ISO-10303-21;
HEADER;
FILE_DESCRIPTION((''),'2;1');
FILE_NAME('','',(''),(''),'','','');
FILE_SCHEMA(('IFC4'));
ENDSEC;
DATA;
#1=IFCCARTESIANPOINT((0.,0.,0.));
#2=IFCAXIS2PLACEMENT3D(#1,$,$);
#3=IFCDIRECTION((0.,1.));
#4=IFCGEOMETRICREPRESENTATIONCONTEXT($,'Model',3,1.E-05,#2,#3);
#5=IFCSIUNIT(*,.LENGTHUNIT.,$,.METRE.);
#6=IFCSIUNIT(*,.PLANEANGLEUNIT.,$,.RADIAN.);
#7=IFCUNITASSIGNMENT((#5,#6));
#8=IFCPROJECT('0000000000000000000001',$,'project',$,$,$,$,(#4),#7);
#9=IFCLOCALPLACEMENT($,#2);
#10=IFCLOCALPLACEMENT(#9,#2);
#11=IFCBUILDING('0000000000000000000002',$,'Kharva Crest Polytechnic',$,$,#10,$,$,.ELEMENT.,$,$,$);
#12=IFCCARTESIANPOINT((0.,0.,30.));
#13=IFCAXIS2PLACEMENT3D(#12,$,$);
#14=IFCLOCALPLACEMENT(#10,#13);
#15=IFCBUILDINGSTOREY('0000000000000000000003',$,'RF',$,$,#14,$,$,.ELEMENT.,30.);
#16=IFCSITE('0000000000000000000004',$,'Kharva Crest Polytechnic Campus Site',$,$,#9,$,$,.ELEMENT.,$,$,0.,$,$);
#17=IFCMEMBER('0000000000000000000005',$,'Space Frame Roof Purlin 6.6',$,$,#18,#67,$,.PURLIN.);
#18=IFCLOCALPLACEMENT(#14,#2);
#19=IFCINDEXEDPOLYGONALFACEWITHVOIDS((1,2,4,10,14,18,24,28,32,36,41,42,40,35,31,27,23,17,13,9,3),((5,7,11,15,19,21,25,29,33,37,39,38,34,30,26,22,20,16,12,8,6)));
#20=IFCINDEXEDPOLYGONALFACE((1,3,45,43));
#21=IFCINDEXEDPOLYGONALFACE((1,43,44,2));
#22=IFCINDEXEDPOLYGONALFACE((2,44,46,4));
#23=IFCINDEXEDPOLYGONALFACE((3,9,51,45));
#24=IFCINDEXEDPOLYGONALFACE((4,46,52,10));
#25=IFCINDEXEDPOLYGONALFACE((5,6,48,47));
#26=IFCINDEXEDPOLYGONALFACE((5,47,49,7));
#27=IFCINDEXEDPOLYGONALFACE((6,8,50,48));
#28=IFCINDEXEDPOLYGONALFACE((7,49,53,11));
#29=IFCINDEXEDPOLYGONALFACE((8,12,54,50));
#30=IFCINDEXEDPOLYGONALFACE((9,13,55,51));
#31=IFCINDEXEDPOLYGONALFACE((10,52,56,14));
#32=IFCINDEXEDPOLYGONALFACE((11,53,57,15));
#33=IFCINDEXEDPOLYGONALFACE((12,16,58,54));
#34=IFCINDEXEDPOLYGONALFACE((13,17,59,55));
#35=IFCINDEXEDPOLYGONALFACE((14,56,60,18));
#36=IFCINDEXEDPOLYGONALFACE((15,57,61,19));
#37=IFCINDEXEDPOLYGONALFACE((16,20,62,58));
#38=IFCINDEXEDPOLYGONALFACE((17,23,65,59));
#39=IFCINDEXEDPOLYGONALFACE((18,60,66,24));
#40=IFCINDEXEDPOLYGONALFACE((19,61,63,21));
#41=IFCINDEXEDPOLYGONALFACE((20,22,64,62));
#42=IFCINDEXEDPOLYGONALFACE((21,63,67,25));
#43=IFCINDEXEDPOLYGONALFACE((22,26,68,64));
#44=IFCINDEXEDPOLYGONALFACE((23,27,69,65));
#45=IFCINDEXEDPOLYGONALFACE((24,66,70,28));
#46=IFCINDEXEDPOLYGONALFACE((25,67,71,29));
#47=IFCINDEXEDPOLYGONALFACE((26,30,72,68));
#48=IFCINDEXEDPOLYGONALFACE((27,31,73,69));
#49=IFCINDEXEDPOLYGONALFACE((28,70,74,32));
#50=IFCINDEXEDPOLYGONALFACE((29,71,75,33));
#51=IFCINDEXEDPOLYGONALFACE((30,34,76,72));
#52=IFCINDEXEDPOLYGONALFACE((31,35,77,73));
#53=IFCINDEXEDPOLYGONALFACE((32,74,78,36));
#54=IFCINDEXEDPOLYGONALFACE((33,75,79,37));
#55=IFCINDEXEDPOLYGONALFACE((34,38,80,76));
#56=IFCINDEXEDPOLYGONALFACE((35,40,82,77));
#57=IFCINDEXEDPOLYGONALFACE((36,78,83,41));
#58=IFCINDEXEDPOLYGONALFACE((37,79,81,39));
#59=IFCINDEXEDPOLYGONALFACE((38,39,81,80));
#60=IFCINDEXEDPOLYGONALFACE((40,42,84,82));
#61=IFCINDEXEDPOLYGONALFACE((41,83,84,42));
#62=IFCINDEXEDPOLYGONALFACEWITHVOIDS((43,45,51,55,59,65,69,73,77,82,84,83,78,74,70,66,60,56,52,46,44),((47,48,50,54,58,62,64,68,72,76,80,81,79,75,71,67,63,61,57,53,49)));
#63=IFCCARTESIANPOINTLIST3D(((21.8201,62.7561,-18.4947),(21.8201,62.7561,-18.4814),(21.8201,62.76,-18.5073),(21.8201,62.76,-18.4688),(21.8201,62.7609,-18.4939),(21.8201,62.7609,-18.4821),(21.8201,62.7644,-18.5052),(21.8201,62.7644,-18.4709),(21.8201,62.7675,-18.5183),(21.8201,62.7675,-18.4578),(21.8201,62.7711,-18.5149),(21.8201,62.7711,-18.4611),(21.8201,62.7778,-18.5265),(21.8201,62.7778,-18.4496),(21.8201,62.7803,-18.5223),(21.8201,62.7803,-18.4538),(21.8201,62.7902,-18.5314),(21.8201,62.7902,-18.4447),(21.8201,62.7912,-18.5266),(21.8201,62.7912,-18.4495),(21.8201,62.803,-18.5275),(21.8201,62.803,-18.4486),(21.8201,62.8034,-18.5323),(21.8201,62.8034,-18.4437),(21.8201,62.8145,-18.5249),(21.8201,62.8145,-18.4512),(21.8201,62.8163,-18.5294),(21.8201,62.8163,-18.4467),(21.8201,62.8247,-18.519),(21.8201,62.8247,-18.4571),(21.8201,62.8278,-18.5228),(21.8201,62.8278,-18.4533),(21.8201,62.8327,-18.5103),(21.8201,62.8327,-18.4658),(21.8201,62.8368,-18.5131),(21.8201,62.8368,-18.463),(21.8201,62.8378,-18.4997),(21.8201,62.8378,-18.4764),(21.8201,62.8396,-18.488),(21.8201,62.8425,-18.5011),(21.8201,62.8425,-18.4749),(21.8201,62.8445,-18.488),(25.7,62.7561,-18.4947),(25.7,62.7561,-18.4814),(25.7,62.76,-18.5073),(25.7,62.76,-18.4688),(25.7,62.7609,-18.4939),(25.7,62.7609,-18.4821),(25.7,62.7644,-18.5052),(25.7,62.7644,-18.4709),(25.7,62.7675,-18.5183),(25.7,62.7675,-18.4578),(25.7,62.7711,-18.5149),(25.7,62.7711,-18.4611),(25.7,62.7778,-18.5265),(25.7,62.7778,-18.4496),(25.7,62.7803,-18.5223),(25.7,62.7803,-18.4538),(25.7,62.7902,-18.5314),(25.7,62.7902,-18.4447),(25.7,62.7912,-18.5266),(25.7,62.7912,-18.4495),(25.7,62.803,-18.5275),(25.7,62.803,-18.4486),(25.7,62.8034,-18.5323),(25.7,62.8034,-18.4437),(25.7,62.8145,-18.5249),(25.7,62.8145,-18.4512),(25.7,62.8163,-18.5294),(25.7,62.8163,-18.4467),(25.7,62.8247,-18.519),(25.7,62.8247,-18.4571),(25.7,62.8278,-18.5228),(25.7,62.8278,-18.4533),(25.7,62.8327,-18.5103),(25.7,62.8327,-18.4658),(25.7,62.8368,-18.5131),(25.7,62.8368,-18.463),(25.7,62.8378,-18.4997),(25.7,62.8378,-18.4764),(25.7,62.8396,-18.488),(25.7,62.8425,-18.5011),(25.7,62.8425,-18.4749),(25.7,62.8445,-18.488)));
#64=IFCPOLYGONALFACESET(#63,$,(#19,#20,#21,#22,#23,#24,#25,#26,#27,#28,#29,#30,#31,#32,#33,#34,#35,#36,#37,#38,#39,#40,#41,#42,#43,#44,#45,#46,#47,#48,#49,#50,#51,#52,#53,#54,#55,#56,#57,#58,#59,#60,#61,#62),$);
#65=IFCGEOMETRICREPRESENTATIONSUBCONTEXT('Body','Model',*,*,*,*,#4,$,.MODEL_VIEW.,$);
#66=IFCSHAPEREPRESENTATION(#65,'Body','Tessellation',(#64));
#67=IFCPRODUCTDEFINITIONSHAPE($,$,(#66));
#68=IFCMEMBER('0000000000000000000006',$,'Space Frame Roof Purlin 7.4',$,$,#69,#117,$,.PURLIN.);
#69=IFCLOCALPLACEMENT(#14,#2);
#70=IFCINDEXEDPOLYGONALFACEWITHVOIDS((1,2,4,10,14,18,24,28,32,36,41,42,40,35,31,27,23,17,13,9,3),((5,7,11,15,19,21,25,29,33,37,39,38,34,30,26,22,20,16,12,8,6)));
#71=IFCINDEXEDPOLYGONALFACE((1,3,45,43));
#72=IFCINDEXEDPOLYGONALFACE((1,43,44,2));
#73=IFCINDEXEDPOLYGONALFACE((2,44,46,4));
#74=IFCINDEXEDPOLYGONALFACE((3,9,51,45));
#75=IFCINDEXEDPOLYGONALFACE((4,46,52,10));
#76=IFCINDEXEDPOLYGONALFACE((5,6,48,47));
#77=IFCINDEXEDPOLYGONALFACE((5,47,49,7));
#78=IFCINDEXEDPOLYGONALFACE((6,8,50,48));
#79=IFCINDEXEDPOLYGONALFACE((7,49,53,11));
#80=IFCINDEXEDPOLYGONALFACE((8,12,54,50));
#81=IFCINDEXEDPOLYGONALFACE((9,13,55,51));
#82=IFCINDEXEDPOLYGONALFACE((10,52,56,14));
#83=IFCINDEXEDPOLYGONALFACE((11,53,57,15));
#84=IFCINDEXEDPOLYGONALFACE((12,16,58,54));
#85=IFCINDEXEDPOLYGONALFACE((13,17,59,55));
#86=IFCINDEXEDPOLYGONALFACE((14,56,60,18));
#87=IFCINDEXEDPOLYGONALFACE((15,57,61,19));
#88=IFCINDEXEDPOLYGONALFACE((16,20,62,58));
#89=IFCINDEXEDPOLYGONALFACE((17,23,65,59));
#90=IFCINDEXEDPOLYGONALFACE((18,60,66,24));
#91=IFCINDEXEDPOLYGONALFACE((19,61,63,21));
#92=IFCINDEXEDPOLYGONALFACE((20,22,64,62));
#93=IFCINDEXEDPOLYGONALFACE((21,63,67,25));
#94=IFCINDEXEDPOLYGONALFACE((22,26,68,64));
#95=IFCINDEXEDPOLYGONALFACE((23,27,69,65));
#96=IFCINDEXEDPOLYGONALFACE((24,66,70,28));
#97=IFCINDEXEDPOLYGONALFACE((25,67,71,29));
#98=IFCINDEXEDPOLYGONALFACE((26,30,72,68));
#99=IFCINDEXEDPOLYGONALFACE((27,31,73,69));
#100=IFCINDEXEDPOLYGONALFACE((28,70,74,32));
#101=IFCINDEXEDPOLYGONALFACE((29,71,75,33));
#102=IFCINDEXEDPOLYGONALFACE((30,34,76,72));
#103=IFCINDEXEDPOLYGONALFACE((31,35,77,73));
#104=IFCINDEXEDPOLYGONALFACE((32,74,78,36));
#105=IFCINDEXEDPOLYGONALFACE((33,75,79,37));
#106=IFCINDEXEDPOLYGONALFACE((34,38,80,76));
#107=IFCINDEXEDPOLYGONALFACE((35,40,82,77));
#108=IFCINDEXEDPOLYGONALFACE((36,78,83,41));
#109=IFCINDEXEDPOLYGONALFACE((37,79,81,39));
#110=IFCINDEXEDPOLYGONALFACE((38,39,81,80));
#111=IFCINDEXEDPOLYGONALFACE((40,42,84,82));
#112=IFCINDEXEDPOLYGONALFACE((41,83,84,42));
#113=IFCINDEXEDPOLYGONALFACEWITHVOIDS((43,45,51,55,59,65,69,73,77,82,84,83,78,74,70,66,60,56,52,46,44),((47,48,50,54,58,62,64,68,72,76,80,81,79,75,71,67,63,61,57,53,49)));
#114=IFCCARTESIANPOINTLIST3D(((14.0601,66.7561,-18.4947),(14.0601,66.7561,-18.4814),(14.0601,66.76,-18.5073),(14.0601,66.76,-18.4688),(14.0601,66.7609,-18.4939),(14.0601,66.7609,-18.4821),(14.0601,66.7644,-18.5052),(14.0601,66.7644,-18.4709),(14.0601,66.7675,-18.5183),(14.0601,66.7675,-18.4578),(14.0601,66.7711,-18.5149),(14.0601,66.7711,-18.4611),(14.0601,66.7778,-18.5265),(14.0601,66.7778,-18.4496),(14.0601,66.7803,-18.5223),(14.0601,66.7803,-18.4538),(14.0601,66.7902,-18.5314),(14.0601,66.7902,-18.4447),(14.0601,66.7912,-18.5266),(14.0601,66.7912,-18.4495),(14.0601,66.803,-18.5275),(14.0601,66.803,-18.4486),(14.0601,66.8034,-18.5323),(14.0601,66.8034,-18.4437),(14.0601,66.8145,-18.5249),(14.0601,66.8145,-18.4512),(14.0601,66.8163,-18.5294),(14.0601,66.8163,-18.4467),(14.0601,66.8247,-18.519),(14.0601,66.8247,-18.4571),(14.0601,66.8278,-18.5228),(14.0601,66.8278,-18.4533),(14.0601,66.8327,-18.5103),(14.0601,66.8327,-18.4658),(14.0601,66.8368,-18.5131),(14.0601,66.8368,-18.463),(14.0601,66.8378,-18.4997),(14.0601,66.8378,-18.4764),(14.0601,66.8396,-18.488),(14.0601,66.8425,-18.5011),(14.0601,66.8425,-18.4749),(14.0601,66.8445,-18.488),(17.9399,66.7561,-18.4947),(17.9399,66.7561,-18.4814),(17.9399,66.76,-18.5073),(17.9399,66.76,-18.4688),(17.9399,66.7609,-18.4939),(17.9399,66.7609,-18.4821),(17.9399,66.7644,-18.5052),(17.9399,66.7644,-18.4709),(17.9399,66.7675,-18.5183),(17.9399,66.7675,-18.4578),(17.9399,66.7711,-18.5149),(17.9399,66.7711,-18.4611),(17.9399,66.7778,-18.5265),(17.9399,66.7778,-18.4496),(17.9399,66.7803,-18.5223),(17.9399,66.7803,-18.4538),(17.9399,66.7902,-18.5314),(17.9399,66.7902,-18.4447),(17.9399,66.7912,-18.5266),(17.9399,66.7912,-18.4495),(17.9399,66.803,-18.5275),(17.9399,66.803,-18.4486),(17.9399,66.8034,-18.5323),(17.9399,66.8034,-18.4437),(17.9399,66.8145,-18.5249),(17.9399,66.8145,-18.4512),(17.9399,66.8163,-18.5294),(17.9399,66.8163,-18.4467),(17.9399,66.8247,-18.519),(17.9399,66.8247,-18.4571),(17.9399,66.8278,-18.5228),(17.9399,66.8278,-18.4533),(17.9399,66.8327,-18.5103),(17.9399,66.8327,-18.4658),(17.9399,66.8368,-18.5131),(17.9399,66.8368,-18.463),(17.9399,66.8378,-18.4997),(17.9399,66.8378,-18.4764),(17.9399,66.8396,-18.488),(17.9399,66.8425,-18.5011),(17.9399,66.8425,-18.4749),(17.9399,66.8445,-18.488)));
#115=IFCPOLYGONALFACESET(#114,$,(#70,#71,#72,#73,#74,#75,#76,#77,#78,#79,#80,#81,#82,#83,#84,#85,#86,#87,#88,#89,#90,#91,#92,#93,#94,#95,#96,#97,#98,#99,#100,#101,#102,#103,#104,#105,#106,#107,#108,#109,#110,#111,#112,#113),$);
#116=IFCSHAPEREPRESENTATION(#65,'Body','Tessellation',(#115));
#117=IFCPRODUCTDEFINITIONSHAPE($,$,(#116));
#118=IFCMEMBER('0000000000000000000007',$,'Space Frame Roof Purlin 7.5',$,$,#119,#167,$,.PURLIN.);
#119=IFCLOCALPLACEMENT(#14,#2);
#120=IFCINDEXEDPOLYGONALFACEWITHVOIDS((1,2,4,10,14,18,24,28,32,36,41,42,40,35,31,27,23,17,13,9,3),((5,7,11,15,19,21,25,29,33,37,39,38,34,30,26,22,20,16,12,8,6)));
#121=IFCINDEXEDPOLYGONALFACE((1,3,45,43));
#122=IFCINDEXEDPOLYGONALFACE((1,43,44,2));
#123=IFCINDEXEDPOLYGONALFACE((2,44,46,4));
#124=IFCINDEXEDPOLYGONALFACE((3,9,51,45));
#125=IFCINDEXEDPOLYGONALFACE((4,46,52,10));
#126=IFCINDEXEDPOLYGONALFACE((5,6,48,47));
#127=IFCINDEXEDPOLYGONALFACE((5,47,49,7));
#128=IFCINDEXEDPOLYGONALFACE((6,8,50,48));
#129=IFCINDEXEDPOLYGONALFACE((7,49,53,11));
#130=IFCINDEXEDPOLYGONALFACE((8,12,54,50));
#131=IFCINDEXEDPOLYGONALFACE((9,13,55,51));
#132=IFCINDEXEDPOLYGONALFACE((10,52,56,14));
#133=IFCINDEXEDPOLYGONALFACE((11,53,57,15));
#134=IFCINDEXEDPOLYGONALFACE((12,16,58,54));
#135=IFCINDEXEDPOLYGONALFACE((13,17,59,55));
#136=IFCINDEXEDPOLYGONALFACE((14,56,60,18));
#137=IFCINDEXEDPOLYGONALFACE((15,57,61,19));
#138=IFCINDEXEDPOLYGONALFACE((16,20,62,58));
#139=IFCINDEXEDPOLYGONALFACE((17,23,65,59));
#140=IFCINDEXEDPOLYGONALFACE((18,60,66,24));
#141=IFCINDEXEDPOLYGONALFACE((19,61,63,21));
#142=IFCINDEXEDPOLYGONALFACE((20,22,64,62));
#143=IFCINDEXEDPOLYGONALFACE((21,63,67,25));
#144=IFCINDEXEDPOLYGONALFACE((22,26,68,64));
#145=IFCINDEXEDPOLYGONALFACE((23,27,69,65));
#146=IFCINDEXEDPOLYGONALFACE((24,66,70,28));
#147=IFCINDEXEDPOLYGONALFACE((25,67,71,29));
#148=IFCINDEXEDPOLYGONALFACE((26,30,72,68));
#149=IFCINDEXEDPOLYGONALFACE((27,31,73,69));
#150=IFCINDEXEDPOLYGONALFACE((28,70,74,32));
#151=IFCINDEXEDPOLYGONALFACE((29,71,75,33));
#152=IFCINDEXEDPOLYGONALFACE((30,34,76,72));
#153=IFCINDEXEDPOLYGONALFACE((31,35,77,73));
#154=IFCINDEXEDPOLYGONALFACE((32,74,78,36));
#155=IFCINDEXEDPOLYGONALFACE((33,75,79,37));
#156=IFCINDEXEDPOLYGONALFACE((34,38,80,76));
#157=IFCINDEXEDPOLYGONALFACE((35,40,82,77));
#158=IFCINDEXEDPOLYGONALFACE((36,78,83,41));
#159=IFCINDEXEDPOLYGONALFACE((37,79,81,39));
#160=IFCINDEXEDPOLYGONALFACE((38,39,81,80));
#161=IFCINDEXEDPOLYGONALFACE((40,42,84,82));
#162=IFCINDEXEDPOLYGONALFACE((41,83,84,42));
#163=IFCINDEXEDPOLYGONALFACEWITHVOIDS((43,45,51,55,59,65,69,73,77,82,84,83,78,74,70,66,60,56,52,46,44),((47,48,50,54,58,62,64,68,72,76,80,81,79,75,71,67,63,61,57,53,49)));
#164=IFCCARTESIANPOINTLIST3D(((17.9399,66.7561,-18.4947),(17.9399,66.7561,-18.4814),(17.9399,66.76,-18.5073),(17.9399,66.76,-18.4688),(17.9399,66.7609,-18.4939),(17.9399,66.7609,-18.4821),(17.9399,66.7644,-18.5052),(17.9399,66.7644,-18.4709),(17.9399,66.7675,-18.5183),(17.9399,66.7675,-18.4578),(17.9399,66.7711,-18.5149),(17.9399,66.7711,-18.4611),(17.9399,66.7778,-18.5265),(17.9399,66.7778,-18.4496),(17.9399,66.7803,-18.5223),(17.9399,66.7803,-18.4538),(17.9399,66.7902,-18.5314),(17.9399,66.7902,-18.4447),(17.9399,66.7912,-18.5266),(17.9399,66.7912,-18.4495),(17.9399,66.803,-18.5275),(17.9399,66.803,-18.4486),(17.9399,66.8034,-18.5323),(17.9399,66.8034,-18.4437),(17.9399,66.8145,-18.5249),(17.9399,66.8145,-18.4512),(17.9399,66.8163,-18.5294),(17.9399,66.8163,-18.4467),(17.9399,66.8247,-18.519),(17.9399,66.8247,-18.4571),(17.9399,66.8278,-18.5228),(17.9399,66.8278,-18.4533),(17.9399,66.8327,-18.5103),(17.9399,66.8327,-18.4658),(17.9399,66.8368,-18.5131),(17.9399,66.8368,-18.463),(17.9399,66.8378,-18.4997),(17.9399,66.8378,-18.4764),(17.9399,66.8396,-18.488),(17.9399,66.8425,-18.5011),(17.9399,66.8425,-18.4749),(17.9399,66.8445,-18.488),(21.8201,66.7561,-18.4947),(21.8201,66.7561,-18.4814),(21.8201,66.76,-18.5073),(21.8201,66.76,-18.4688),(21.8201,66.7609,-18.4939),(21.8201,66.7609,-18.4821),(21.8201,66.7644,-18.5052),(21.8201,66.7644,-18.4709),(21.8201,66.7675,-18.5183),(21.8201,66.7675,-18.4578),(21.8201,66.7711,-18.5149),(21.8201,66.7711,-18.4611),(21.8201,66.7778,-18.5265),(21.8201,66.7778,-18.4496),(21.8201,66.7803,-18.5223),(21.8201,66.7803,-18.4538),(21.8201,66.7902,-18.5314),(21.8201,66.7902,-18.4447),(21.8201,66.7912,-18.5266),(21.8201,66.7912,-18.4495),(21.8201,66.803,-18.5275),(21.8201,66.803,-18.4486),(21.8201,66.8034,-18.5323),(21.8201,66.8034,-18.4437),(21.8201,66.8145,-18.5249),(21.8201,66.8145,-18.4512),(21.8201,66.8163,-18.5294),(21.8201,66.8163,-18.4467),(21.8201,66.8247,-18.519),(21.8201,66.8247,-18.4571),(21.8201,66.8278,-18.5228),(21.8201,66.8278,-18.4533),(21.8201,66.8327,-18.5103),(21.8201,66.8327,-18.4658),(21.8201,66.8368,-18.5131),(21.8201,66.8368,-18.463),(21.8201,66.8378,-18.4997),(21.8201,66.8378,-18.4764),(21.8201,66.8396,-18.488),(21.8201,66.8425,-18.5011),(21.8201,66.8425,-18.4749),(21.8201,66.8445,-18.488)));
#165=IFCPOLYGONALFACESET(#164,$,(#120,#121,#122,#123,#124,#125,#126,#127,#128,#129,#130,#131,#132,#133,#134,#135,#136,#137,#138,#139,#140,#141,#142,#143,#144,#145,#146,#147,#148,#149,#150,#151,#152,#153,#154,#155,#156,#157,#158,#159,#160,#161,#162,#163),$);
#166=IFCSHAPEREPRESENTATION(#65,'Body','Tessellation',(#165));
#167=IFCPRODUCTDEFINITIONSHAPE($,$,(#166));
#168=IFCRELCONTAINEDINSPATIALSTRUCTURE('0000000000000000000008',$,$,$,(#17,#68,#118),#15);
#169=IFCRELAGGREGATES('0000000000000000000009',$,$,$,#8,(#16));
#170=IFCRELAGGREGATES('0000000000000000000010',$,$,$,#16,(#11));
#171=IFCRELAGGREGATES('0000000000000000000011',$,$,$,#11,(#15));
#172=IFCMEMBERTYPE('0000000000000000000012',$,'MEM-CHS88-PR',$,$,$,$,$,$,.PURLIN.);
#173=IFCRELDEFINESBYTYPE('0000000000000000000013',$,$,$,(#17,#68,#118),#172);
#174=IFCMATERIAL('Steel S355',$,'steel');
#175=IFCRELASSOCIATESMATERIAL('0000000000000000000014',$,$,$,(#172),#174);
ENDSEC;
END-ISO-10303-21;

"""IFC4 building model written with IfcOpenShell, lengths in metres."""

from ifc_helpers import new_model, si_unit, direction, frame, origin, origin_2d, place, context, subcontext, project, spatial, hollow_circle, extrude, material, material_profile, profile_set, type_object, element, save


model = new_model("IFC4")

# Units and contexts
model_context = context("Model", 3, precision=1e-05, world=origin(), true_north=direction((0.0, 1.0)))
body_context = subcontext(model_context, "Body", "Model", "MODEL_VIEW")
ifc_project = project(units=[si_unit("LENGTHUNIT", "METRE"), si_unit("PLANEANGLEUNIT", "RADIAN")], contexts=[model_context])

# Site, building, storey
site_placement = place(None, origin())
site = spatial("IfcSite", under=ifc_project, at=site_placement, Name="Kharva Crest Polytechnic Campus Site", CompositionType="ELEMENT", RefElevation=0.0)
building_placement = place(site_placement, origin())
building = spatial("IfcBuilding", under=site, at=building_placement, Name="Kharva Crest Polytechnic", CompositionType="ELEMENT")
storey_placement = place(building_placement, frame((0.0, 0.0, 30.0)))
storey = spatial("IfcBuildingStorey", under=building, at=storey_placement, Name="RF", CompositionType="ELEMENT", Elevation=30.0)

# Members
ifc_material = material(Name="Steel S355", Category="steel")
ifc_material_profile = material_profile(ifc_material, hollow_circle(Radius=0.0444, WallThickness=0.0049, at=origin_2d()), Name="CHS 88.9X5.0")
ifc_profile_set = profile_set([ifc_material_profile], Name="Steel S355")
member_type = type_object("IfcMemberType", Name="MEM-CHS88-PR", PredefinedType="PURLIN", material=ifc_profile_set)
for number, where, z_axis, x_axis, name in (
    (1, (21.8201, 62.8, -18.488), (1.0, 0.0, 0.0), (0.0, 1.0, 0.0), "Space Frame Roof Purlin 6.6"),
    (2, (14.0601, 66.8, -18.488), (1.0, 0.0, 0.0), (0.0, 1.0, 0.0), "Space Frame Roof Purlin 7.4"),
):
    element("IfcMember", number, at=place(storey_placement, frame(where, z_axis=z_axis, x_axis=x_axis)), inside=storey, type_object=member_type, Name=name, PredefinedType="PURLIN", context=body_context, shape_type="SweptSolid", body=[
        extrude(hollow_circle(Radius=0.0444, WallThickness=0.0049, at=origin_2d()), origin(), (0.0, 0.0, 1.0), 3.8799),
    ])
member_1_placement = place(storey_placement, frame((17.9399, 66.8, -18.488), z_axis=(1.0, 0.0, 0.0), x_axis=(0.0, 1.0, 0.0)))
element("IfcMember", 3, at=member_1_placement, inside=storey, type_object=member_type, Name="Space Frame Roof Purlin 7.5", PredefinedType="PURLIN", context=body_context, shape_type="SweptSolid", body=[
    extrude(hollow_circle(Radius=0.0444, WallThickness=0.0049, at=origin_2d()), origin(), (0.0, 0.0, 1.0), 3.8801),
])

save(model, "model.ifc")
